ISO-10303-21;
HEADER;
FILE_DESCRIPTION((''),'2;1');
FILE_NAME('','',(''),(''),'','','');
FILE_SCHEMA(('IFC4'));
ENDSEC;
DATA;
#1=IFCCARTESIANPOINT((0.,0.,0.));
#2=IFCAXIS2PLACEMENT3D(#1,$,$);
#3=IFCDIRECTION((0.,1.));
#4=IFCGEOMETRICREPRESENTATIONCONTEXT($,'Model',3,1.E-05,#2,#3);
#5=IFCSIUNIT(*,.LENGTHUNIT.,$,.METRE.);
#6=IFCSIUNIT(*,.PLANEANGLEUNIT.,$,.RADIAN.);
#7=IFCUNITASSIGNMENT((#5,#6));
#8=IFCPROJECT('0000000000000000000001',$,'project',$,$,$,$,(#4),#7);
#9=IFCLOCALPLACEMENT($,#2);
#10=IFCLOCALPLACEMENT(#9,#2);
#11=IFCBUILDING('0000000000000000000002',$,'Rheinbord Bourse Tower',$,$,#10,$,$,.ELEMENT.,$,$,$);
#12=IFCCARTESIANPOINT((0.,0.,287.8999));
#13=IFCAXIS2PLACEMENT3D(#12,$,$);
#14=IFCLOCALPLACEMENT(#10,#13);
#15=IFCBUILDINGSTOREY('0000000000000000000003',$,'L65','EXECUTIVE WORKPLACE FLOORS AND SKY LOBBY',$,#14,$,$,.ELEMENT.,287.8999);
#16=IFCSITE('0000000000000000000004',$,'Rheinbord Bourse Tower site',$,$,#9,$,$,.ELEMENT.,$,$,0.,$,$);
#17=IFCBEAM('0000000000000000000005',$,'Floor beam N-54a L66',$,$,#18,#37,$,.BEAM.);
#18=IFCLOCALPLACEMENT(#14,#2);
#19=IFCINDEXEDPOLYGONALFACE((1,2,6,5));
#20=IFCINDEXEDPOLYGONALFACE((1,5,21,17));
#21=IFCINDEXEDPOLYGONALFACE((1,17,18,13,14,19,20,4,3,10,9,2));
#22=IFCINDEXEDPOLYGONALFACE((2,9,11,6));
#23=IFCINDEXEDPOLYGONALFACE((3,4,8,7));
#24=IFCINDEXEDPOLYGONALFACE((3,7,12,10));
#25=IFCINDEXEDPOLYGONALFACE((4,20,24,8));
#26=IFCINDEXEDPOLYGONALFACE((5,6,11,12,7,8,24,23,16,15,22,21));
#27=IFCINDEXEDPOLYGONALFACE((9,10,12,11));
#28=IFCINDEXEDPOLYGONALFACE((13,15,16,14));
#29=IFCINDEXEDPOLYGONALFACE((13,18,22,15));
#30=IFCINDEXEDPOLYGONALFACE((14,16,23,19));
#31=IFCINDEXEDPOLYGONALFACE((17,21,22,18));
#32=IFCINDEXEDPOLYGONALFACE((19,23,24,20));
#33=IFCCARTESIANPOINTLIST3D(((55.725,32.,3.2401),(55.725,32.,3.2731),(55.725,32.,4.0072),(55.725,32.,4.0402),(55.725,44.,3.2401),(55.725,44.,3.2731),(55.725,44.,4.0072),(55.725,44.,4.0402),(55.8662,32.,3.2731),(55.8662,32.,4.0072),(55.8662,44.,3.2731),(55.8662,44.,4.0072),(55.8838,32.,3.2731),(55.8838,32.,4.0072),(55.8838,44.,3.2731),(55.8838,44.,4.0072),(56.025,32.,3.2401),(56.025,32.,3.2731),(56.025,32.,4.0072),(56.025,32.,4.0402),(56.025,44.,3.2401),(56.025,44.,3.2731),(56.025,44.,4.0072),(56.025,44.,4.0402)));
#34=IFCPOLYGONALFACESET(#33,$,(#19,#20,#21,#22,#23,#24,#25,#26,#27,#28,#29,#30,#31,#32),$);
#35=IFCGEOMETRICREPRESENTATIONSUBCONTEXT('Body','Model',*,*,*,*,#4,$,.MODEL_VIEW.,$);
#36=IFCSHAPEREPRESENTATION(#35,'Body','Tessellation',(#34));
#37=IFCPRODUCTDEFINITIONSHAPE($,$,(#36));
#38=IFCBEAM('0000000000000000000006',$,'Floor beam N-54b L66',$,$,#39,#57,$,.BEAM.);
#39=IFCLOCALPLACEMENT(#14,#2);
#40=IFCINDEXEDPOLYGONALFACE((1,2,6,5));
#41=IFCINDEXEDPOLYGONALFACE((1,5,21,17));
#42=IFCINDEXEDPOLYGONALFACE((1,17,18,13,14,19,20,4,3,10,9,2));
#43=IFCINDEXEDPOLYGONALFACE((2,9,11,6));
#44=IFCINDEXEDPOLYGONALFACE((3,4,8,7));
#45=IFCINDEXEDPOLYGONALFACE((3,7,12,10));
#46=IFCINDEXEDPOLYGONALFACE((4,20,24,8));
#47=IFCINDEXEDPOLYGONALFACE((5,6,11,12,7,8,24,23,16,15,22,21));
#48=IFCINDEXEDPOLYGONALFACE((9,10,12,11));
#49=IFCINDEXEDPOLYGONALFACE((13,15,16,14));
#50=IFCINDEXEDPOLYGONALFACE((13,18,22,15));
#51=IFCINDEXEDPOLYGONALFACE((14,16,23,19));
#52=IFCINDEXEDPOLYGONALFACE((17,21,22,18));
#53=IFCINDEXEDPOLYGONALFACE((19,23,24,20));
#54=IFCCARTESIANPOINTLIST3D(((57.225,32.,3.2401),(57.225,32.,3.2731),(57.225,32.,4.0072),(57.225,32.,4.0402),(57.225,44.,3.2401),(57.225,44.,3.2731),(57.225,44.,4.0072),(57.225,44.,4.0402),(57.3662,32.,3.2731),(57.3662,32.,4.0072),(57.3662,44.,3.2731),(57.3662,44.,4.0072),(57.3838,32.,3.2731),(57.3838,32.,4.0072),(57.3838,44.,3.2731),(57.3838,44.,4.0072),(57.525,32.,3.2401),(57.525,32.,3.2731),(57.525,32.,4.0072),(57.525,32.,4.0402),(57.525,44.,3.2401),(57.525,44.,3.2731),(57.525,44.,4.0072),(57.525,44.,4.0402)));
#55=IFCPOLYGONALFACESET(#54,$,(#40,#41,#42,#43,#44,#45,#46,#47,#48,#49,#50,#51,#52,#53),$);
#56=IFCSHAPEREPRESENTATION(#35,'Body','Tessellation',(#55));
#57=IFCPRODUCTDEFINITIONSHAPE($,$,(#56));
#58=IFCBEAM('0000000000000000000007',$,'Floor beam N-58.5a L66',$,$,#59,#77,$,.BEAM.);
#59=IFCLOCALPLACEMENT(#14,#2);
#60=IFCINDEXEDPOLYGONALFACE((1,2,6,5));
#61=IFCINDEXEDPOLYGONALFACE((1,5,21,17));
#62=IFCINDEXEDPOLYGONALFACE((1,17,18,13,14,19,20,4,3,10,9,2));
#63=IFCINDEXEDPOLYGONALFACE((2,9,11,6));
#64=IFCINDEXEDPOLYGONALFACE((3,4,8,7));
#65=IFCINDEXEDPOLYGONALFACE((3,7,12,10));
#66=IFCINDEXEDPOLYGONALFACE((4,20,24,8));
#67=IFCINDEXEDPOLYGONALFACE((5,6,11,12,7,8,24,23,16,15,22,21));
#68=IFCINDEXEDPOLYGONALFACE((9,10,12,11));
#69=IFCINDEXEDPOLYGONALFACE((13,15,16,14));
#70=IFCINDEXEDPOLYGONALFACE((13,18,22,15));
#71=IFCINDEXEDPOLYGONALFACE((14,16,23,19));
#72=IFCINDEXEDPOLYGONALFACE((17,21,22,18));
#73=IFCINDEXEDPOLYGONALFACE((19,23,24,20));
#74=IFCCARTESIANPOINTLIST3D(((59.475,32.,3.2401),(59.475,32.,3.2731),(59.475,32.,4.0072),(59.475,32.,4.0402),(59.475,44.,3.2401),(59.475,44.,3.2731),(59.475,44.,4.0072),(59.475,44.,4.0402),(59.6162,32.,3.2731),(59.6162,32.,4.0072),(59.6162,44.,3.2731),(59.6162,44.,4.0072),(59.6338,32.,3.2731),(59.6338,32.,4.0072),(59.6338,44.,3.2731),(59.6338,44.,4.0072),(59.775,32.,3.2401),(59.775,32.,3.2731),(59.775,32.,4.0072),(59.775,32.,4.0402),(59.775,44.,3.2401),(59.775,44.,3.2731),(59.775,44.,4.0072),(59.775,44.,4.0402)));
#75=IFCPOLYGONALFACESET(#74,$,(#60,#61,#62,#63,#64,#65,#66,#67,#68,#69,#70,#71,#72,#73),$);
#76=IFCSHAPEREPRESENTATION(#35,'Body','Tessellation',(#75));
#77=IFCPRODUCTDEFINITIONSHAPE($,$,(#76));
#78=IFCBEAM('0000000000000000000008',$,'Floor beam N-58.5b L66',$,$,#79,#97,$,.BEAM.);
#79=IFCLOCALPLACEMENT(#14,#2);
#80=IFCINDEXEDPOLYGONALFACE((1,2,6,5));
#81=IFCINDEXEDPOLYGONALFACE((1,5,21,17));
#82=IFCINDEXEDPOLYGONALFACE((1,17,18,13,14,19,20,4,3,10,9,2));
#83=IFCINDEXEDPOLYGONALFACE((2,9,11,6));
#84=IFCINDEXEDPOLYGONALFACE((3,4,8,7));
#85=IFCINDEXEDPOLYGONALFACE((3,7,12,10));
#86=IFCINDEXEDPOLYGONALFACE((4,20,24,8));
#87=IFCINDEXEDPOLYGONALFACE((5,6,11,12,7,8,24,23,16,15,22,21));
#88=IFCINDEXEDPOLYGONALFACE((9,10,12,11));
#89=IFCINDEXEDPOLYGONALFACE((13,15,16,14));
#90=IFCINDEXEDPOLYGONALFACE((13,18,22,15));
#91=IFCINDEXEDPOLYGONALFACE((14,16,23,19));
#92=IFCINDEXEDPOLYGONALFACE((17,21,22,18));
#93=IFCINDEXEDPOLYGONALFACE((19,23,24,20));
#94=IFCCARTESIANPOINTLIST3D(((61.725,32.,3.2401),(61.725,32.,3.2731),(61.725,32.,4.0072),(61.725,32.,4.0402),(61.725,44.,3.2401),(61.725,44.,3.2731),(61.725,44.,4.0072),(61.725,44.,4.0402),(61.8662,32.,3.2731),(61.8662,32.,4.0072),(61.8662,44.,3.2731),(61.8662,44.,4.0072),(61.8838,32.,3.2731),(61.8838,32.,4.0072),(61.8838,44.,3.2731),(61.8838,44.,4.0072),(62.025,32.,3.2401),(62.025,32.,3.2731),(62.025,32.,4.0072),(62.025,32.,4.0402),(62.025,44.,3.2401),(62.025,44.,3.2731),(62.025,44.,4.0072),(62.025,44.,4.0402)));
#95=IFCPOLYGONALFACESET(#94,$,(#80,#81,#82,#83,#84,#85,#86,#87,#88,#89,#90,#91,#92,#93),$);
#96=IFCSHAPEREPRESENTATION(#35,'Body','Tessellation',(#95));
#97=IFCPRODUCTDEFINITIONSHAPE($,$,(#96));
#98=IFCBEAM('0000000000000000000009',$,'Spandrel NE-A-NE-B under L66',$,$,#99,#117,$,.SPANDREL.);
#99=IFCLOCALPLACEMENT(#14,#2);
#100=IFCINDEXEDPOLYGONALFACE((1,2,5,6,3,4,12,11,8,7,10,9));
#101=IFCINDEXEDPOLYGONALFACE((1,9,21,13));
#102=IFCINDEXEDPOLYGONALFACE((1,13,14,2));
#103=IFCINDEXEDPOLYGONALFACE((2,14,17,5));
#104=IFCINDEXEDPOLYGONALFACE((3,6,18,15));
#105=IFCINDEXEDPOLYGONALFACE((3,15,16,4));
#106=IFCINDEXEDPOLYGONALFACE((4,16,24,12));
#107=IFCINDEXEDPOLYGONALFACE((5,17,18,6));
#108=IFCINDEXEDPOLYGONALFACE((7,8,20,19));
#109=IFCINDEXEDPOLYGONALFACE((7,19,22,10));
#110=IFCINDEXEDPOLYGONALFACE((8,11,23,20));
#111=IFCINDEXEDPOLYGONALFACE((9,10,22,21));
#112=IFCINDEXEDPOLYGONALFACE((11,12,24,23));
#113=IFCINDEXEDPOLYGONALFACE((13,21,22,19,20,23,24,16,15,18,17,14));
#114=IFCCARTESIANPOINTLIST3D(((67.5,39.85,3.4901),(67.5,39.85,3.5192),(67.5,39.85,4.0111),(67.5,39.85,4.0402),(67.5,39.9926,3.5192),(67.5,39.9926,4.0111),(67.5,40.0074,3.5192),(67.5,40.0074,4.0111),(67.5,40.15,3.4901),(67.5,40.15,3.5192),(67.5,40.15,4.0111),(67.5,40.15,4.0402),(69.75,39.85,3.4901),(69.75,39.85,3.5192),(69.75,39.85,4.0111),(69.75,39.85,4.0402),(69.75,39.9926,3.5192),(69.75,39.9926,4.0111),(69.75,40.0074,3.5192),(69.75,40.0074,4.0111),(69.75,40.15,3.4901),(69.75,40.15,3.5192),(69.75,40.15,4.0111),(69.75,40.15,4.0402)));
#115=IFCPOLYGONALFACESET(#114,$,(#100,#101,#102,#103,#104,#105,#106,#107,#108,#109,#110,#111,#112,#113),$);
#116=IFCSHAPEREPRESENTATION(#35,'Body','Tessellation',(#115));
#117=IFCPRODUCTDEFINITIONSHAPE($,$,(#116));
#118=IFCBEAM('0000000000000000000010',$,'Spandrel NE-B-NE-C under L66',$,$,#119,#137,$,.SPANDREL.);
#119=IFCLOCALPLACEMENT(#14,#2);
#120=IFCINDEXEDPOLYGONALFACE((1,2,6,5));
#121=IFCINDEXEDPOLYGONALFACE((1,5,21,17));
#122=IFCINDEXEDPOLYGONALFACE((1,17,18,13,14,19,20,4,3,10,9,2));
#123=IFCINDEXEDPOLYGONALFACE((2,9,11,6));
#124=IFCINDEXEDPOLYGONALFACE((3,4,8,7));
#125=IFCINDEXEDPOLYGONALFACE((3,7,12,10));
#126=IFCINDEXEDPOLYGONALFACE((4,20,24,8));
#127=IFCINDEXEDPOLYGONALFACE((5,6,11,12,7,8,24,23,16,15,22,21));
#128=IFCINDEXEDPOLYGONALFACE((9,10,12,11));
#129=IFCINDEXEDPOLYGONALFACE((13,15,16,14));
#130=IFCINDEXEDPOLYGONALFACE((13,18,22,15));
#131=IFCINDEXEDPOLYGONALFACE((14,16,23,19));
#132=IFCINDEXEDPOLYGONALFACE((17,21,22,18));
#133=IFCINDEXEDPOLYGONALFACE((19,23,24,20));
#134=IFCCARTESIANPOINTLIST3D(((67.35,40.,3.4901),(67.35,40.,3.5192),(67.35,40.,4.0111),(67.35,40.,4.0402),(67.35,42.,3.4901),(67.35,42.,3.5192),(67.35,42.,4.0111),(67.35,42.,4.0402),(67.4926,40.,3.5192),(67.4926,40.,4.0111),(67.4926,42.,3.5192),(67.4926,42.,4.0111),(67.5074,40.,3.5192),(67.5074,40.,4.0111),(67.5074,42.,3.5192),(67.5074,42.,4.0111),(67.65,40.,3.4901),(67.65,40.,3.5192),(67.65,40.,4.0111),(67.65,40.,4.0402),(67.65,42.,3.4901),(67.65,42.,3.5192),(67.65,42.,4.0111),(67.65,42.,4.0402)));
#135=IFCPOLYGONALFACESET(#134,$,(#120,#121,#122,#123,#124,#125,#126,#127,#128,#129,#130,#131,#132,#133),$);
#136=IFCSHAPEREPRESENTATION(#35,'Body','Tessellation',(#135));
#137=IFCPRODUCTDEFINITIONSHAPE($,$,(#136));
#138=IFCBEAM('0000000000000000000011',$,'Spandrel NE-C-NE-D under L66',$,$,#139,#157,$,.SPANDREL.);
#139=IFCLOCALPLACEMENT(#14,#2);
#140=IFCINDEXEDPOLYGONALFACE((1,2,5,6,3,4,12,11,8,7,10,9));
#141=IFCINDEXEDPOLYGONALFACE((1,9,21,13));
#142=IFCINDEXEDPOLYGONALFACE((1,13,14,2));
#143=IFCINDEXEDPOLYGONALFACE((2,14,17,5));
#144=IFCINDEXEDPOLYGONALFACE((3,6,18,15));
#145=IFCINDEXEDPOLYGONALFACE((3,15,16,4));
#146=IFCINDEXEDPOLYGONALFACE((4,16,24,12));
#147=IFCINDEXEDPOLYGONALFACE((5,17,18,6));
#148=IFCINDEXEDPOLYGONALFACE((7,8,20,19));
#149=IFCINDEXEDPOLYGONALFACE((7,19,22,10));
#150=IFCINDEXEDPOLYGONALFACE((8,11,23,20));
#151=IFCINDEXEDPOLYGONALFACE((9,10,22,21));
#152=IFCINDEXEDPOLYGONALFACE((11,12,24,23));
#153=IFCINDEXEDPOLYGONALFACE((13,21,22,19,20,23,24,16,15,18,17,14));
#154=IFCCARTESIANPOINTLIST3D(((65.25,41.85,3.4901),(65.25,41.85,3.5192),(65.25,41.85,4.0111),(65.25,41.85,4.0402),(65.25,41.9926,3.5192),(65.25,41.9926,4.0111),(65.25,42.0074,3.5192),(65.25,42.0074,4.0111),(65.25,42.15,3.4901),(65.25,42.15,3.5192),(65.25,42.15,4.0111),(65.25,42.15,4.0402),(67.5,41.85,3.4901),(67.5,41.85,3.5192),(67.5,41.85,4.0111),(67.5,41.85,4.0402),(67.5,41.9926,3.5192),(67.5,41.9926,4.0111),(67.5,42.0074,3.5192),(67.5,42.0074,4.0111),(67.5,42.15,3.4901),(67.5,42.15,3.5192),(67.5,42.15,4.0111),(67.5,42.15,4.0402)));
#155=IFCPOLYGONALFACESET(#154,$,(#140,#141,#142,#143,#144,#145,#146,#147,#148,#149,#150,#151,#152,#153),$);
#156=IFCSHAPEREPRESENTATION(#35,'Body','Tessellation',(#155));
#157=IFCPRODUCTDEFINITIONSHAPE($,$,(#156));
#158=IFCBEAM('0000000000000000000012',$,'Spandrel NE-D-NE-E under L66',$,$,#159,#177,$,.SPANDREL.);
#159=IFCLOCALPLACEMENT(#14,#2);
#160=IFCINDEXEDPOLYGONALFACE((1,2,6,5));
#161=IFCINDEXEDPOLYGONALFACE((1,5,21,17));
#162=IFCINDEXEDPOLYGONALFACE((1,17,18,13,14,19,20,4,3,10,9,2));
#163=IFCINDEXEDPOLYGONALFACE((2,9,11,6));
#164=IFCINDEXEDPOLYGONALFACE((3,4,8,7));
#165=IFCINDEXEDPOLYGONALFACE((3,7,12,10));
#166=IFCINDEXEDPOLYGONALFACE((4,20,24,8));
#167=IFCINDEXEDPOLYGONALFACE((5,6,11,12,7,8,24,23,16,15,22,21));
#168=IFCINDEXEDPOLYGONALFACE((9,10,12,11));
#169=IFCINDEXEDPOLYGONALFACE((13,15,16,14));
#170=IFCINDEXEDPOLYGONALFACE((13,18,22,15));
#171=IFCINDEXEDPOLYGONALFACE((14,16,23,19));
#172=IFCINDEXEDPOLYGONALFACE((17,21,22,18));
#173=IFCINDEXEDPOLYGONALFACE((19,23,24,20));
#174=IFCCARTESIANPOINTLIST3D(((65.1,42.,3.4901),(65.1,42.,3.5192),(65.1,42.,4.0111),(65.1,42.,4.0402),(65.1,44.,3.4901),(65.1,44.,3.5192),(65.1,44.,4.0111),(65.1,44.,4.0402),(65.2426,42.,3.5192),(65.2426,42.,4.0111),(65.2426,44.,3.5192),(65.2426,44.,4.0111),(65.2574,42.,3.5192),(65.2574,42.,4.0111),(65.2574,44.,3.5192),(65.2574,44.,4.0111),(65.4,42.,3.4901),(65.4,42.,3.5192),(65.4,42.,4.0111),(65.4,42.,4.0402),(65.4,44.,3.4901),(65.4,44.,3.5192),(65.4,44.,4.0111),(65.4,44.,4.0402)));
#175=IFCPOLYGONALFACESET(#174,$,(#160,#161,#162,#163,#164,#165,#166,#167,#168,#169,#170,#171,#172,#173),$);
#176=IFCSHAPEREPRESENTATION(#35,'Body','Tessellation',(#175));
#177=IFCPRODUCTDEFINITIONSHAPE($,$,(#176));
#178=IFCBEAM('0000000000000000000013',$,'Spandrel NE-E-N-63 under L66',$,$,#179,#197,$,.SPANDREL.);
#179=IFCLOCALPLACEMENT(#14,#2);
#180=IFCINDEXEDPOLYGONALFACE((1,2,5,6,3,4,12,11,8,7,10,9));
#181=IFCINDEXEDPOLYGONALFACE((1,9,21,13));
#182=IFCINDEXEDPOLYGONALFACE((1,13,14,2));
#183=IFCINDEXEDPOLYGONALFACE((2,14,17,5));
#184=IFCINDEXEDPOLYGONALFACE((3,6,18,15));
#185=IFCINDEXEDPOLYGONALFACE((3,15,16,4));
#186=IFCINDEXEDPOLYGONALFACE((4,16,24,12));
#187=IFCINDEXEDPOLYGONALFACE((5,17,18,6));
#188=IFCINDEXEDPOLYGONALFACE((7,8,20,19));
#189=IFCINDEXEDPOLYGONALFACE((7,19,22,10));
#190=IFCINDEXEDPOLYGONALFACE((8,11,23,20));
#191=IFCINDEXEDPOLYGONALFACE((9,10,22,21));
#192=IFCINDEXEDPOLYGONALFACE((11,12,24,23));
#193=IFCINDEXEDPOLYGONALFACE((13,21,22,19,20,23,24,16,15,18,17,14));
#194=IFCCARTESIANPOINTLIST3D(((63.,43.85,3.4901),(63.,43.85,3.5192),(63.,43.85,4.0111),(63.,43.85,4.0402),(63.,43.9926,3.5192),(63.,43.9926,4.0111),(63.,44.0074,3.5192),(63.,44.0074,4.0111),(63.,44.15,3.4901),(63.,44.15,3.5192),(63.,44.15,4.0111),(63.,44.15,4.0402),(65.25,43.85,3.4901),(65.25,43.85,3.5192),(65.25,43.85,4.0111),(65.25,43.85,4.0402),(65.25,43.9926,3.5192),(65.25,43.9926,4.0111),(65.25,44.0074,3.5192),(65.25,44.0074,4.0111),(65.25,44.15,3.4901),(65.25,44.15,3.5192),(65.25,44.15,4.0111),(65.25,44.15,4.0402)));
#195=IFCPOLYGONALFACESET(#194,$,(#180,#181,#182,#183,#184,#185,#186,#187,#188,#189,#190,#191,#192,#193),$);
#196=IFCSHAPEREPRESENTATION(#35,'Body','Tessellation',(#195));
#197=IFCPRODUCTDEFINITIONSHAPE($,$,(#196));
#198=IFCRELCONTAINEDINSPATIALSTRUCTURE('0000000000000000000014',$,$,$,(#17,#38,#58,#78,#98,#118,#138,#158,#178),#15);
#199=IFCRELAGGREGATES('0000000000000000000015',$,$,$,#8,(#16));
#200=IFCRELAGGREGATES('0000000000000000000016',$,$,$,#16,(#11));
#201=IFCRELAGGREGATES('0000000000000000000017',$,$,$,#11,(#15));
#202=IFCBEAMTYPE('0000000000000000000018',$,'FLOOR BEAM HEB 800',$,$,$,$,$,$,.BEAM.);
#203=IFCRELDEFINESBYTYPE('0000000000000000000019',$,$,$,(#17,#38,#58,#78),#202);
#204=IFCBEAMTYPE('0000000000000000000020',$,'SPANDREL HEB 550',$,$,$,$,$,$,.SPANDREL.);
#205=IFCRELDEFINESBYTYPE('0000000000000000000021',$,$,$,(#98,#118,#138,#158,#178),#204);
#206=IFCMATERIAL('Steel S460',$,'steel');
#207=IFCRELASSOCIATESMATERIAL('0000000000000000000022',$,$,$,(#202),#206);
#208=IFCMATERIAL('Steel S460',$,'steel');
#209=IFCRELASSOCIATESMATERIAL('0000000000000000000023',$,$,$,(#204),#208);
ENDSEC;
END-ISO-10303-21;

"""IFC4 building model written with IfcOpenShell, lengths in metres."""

from ifc_helpers import new_model, si_unit, direction, frame, origin, origin_2d, place, context, subcontext, project, spatial, i_section, extrude, material, material_profile, profile_set, type_object, element, save


model = new_model("IFC4")

# Units and contexts
model_context = context("Model", 3, precision=1e-05, world=origin(), true_north=direction((0.0, 1.0)))
body_context = subcontext(model_context, "Body", "Model", "MODEL_VIEW")
ifc_project = project(units=[si_unit("LENGTHUNIT", "METRE"), si_unit("PLANEANGLEUNIT", "RADIAN")], contexts=[model_context])

# Site, building, storey
site_placement = place(None, origin())
site = spatial("IfcSite", under=ifc_project, at=site_placement, Name="Rheinbord Bourse Tower site", CompositionType="ELEMENT", RefElevation=0.0)
building_placement = place(site_placement, origin())
building = spatial("IfcBuilding", under=site, at=building_placement, Name="Rheinbord Bourse Tower", CompositionType="ELEMENT")
storey_placement = place(building_placement, frame((0.0, 0.0, 287.8999)))
storey = spatial("IfcBuildingStorey", under=building, at=storey_placement, Name="L65", Description="EXECUTIVE WORKPLACE FLOORS AND SKY LOBBY", CompositionType="ELEMENT", Elevation=287.8999)

# Beams
ifc_material_1 = material(Name="Steel S460", Category="steel")
ifc_material_profile_1 = material_profile(ifc_material_1, i_section(OverallWidth=0.3, OverallDepth=0.8, WebThickness=0.0176, FlangeThickness=0.033, at=origin_2d()), Name="HEB 800")
ifc_profile_set_1 = profile_set([ifc_material_profile_1], Name="Steel S460")
beam_type_1 = type_object("IfcBeamType", Name="FLOOR BEAM HEB 800", PredefinedType="BEAM", material=ifc_profile_set_1)
for number, where, z_axis, x_axis, name in (
    (1, (55.875, 44.0, 3.6401), (0.0, -1.0, 0.0), (1.0, 0.0, 0.0), "Floor beam N-54a L66"),
    (2, (57.375, 44.0, 3.6401), (0.0, -1.0, 0.0), (1.0, 0.0, 0.0), "Floor beam N-54b L66"),
    (3, (59.625, 44.0, 3.6401), (0.0, -1.0, 0.0), (1.0, 0.0, 0.0), "Floor beam N-58.5a L66"),
    (4, (61.875, 44.0, 3.6401), (0.0, -1.0, 0.0), (1.0, 0.0, 0.0), "Floor beam N-58.5b L66"),
):
    element("IfcBeam", number, at=place(storey_placement, frame(where, z_axis=z_axis, x_axis=x_axis)), inside=storey, type_object=beam_type_1, Name=name, PredefinedType="BEAM", context=body_context, shape_type="SweptSolid", body=[
        extrude(i_section(OverallWidth=0.3, OverallDepth=0.8, WebThickness=0.0176, FlangeThickness=0.033, at=origin_2d()), origin(), (0.0, 0.0, 1.0), 12.0),
    ])
ifc_material_2 = material(Name="Steel S460", Category="steel")
ifc_material_profile_2 = material_profile(ifc_material_2, i_section(OverallWidth=0.3, OverallDepth=0.55, WebThickness=0.0149, FlangeThickness=0.0291, at=origin_2d()), Name="HEB 550")
ifc_profile_set_2 = profile_set([ifc_material_profile_2], Name="Steel S460")
beam_type_2 = type_object("IfcBeamType", Name="SPANDREL HEB 550", PredefinedType="SPANDREL", material=ifc_profile_set_2)
beam_1_placement = place(storey_placement, frame((69.75, 40.0, 3.7651), z_axis=(-1.0, 0.0, 0.0), x_axis=(0.0, -1.0, 0.0)))
element("IfcBeam", 5, at=beam_1_placement, inside=storey, type_object=beam_type_2, Name="Spandrel NE-A-NE-B under L66", PredefinedType="SPANDREL", context=body_context, shape_type="SweptSolid", body=[
    extrude(i_section(OverallWidth=0.3, OverallDepth=0.55, WebThickness=0.0149, FlangeThickness=0.0291, at=origin_2d()), origin(), (0.0, 0.0, 1.0), 2.25),
])
beam_2_placement = place(storey_placement, frame((67.5, 40.0, 3.7651), z_axis=(0.0, 1.0, 0.0), x_axis=(-1.0, 0.0, 0.0)))
element("IfcBeam", 6, at=beam_2_placement, inside=storey, type_object=beam_type_2, Name="Spandrel NE-B-NE-C under L66", PredefinedType="SPANDREL", context=body_context, shape_type="SweptSolid", body=[
    extrude(i_section(OverallWidth=0.3, OverallDepth=0.55, WebThickness=0.0149, FlangeThickness=0.0291, at=origin_2d()), origin(), (0.0, 0.0, 1.0), 2.0),
])
beam_3_placement = place(storey_placement, frame((67.5, 42.0, 3.7651), z_axis=(-1.0, 0.0, 0.0), x_axis=(0.0, -1.0, 0.0)))
element("IfcBeam", 7, at=beam_3_placement, inside=storey, type_object=beam_type_2, Name="Spandrel NE-C-NE-D under L66", PredefinedType="SPANDREL", context=body_context, shape_type="SweptSolid", body=[
    extrude(i_section(OverallWidth=0.3, OverallDepth=0.55, WebThickness=0.0149, FlangeThickness=0.0291, at=origin_2d()), origin(), (0.0, 0.0, 1.0), 2.25),
])
beam_4_placement = place(storey_placement, frame((65.25, 42.0, 3.7651), z_axis=(0.0, 1.0, 0.0), x_axis=(-1.0, 0.0, 0.0)))
element("IfcBeam", 8, at=beam_4_placement, inside=storey, type_object=beam_type_2, Name="Spandrel NE-D-NE-E under L66", PredefinedType="SPANDREL", context=body_context, shape_type="SweptSolid", body=[
    extrude(i_section(OverallWidth=0.3, OverallDepth=0.55, WebThickness=0.0149, FlangeThickness=0.0291, at=origin_2d()), origin(), (0.0, 0.0, 1.0), 2.0),
])
beam_5_placement = place(storey_placement, frame((65.25, 44.0, 3.7651), z_axis=(-1.0, 0.0, 0.0), x_axis=(0.0, -1.0, 0.0)))
element("IfcBeam", 9, at=beam_5_placement, inside=storey, type_object=beam_type_2, Name="Spandrel NE-E-N-63 under L66", PredefinedType="SPANDREL", context=body_context, shape_type="SweptSolid", body=[
    extrude(i_section(OverallWidth=0.3, OverallDepth=0.55, WebThickness=0.0149, FlangeThickness=0.0291, at=origin_2d()), origin(), (0.0, 0.0, 1.0), 2.25),
])

save(model, "model.ifc")
